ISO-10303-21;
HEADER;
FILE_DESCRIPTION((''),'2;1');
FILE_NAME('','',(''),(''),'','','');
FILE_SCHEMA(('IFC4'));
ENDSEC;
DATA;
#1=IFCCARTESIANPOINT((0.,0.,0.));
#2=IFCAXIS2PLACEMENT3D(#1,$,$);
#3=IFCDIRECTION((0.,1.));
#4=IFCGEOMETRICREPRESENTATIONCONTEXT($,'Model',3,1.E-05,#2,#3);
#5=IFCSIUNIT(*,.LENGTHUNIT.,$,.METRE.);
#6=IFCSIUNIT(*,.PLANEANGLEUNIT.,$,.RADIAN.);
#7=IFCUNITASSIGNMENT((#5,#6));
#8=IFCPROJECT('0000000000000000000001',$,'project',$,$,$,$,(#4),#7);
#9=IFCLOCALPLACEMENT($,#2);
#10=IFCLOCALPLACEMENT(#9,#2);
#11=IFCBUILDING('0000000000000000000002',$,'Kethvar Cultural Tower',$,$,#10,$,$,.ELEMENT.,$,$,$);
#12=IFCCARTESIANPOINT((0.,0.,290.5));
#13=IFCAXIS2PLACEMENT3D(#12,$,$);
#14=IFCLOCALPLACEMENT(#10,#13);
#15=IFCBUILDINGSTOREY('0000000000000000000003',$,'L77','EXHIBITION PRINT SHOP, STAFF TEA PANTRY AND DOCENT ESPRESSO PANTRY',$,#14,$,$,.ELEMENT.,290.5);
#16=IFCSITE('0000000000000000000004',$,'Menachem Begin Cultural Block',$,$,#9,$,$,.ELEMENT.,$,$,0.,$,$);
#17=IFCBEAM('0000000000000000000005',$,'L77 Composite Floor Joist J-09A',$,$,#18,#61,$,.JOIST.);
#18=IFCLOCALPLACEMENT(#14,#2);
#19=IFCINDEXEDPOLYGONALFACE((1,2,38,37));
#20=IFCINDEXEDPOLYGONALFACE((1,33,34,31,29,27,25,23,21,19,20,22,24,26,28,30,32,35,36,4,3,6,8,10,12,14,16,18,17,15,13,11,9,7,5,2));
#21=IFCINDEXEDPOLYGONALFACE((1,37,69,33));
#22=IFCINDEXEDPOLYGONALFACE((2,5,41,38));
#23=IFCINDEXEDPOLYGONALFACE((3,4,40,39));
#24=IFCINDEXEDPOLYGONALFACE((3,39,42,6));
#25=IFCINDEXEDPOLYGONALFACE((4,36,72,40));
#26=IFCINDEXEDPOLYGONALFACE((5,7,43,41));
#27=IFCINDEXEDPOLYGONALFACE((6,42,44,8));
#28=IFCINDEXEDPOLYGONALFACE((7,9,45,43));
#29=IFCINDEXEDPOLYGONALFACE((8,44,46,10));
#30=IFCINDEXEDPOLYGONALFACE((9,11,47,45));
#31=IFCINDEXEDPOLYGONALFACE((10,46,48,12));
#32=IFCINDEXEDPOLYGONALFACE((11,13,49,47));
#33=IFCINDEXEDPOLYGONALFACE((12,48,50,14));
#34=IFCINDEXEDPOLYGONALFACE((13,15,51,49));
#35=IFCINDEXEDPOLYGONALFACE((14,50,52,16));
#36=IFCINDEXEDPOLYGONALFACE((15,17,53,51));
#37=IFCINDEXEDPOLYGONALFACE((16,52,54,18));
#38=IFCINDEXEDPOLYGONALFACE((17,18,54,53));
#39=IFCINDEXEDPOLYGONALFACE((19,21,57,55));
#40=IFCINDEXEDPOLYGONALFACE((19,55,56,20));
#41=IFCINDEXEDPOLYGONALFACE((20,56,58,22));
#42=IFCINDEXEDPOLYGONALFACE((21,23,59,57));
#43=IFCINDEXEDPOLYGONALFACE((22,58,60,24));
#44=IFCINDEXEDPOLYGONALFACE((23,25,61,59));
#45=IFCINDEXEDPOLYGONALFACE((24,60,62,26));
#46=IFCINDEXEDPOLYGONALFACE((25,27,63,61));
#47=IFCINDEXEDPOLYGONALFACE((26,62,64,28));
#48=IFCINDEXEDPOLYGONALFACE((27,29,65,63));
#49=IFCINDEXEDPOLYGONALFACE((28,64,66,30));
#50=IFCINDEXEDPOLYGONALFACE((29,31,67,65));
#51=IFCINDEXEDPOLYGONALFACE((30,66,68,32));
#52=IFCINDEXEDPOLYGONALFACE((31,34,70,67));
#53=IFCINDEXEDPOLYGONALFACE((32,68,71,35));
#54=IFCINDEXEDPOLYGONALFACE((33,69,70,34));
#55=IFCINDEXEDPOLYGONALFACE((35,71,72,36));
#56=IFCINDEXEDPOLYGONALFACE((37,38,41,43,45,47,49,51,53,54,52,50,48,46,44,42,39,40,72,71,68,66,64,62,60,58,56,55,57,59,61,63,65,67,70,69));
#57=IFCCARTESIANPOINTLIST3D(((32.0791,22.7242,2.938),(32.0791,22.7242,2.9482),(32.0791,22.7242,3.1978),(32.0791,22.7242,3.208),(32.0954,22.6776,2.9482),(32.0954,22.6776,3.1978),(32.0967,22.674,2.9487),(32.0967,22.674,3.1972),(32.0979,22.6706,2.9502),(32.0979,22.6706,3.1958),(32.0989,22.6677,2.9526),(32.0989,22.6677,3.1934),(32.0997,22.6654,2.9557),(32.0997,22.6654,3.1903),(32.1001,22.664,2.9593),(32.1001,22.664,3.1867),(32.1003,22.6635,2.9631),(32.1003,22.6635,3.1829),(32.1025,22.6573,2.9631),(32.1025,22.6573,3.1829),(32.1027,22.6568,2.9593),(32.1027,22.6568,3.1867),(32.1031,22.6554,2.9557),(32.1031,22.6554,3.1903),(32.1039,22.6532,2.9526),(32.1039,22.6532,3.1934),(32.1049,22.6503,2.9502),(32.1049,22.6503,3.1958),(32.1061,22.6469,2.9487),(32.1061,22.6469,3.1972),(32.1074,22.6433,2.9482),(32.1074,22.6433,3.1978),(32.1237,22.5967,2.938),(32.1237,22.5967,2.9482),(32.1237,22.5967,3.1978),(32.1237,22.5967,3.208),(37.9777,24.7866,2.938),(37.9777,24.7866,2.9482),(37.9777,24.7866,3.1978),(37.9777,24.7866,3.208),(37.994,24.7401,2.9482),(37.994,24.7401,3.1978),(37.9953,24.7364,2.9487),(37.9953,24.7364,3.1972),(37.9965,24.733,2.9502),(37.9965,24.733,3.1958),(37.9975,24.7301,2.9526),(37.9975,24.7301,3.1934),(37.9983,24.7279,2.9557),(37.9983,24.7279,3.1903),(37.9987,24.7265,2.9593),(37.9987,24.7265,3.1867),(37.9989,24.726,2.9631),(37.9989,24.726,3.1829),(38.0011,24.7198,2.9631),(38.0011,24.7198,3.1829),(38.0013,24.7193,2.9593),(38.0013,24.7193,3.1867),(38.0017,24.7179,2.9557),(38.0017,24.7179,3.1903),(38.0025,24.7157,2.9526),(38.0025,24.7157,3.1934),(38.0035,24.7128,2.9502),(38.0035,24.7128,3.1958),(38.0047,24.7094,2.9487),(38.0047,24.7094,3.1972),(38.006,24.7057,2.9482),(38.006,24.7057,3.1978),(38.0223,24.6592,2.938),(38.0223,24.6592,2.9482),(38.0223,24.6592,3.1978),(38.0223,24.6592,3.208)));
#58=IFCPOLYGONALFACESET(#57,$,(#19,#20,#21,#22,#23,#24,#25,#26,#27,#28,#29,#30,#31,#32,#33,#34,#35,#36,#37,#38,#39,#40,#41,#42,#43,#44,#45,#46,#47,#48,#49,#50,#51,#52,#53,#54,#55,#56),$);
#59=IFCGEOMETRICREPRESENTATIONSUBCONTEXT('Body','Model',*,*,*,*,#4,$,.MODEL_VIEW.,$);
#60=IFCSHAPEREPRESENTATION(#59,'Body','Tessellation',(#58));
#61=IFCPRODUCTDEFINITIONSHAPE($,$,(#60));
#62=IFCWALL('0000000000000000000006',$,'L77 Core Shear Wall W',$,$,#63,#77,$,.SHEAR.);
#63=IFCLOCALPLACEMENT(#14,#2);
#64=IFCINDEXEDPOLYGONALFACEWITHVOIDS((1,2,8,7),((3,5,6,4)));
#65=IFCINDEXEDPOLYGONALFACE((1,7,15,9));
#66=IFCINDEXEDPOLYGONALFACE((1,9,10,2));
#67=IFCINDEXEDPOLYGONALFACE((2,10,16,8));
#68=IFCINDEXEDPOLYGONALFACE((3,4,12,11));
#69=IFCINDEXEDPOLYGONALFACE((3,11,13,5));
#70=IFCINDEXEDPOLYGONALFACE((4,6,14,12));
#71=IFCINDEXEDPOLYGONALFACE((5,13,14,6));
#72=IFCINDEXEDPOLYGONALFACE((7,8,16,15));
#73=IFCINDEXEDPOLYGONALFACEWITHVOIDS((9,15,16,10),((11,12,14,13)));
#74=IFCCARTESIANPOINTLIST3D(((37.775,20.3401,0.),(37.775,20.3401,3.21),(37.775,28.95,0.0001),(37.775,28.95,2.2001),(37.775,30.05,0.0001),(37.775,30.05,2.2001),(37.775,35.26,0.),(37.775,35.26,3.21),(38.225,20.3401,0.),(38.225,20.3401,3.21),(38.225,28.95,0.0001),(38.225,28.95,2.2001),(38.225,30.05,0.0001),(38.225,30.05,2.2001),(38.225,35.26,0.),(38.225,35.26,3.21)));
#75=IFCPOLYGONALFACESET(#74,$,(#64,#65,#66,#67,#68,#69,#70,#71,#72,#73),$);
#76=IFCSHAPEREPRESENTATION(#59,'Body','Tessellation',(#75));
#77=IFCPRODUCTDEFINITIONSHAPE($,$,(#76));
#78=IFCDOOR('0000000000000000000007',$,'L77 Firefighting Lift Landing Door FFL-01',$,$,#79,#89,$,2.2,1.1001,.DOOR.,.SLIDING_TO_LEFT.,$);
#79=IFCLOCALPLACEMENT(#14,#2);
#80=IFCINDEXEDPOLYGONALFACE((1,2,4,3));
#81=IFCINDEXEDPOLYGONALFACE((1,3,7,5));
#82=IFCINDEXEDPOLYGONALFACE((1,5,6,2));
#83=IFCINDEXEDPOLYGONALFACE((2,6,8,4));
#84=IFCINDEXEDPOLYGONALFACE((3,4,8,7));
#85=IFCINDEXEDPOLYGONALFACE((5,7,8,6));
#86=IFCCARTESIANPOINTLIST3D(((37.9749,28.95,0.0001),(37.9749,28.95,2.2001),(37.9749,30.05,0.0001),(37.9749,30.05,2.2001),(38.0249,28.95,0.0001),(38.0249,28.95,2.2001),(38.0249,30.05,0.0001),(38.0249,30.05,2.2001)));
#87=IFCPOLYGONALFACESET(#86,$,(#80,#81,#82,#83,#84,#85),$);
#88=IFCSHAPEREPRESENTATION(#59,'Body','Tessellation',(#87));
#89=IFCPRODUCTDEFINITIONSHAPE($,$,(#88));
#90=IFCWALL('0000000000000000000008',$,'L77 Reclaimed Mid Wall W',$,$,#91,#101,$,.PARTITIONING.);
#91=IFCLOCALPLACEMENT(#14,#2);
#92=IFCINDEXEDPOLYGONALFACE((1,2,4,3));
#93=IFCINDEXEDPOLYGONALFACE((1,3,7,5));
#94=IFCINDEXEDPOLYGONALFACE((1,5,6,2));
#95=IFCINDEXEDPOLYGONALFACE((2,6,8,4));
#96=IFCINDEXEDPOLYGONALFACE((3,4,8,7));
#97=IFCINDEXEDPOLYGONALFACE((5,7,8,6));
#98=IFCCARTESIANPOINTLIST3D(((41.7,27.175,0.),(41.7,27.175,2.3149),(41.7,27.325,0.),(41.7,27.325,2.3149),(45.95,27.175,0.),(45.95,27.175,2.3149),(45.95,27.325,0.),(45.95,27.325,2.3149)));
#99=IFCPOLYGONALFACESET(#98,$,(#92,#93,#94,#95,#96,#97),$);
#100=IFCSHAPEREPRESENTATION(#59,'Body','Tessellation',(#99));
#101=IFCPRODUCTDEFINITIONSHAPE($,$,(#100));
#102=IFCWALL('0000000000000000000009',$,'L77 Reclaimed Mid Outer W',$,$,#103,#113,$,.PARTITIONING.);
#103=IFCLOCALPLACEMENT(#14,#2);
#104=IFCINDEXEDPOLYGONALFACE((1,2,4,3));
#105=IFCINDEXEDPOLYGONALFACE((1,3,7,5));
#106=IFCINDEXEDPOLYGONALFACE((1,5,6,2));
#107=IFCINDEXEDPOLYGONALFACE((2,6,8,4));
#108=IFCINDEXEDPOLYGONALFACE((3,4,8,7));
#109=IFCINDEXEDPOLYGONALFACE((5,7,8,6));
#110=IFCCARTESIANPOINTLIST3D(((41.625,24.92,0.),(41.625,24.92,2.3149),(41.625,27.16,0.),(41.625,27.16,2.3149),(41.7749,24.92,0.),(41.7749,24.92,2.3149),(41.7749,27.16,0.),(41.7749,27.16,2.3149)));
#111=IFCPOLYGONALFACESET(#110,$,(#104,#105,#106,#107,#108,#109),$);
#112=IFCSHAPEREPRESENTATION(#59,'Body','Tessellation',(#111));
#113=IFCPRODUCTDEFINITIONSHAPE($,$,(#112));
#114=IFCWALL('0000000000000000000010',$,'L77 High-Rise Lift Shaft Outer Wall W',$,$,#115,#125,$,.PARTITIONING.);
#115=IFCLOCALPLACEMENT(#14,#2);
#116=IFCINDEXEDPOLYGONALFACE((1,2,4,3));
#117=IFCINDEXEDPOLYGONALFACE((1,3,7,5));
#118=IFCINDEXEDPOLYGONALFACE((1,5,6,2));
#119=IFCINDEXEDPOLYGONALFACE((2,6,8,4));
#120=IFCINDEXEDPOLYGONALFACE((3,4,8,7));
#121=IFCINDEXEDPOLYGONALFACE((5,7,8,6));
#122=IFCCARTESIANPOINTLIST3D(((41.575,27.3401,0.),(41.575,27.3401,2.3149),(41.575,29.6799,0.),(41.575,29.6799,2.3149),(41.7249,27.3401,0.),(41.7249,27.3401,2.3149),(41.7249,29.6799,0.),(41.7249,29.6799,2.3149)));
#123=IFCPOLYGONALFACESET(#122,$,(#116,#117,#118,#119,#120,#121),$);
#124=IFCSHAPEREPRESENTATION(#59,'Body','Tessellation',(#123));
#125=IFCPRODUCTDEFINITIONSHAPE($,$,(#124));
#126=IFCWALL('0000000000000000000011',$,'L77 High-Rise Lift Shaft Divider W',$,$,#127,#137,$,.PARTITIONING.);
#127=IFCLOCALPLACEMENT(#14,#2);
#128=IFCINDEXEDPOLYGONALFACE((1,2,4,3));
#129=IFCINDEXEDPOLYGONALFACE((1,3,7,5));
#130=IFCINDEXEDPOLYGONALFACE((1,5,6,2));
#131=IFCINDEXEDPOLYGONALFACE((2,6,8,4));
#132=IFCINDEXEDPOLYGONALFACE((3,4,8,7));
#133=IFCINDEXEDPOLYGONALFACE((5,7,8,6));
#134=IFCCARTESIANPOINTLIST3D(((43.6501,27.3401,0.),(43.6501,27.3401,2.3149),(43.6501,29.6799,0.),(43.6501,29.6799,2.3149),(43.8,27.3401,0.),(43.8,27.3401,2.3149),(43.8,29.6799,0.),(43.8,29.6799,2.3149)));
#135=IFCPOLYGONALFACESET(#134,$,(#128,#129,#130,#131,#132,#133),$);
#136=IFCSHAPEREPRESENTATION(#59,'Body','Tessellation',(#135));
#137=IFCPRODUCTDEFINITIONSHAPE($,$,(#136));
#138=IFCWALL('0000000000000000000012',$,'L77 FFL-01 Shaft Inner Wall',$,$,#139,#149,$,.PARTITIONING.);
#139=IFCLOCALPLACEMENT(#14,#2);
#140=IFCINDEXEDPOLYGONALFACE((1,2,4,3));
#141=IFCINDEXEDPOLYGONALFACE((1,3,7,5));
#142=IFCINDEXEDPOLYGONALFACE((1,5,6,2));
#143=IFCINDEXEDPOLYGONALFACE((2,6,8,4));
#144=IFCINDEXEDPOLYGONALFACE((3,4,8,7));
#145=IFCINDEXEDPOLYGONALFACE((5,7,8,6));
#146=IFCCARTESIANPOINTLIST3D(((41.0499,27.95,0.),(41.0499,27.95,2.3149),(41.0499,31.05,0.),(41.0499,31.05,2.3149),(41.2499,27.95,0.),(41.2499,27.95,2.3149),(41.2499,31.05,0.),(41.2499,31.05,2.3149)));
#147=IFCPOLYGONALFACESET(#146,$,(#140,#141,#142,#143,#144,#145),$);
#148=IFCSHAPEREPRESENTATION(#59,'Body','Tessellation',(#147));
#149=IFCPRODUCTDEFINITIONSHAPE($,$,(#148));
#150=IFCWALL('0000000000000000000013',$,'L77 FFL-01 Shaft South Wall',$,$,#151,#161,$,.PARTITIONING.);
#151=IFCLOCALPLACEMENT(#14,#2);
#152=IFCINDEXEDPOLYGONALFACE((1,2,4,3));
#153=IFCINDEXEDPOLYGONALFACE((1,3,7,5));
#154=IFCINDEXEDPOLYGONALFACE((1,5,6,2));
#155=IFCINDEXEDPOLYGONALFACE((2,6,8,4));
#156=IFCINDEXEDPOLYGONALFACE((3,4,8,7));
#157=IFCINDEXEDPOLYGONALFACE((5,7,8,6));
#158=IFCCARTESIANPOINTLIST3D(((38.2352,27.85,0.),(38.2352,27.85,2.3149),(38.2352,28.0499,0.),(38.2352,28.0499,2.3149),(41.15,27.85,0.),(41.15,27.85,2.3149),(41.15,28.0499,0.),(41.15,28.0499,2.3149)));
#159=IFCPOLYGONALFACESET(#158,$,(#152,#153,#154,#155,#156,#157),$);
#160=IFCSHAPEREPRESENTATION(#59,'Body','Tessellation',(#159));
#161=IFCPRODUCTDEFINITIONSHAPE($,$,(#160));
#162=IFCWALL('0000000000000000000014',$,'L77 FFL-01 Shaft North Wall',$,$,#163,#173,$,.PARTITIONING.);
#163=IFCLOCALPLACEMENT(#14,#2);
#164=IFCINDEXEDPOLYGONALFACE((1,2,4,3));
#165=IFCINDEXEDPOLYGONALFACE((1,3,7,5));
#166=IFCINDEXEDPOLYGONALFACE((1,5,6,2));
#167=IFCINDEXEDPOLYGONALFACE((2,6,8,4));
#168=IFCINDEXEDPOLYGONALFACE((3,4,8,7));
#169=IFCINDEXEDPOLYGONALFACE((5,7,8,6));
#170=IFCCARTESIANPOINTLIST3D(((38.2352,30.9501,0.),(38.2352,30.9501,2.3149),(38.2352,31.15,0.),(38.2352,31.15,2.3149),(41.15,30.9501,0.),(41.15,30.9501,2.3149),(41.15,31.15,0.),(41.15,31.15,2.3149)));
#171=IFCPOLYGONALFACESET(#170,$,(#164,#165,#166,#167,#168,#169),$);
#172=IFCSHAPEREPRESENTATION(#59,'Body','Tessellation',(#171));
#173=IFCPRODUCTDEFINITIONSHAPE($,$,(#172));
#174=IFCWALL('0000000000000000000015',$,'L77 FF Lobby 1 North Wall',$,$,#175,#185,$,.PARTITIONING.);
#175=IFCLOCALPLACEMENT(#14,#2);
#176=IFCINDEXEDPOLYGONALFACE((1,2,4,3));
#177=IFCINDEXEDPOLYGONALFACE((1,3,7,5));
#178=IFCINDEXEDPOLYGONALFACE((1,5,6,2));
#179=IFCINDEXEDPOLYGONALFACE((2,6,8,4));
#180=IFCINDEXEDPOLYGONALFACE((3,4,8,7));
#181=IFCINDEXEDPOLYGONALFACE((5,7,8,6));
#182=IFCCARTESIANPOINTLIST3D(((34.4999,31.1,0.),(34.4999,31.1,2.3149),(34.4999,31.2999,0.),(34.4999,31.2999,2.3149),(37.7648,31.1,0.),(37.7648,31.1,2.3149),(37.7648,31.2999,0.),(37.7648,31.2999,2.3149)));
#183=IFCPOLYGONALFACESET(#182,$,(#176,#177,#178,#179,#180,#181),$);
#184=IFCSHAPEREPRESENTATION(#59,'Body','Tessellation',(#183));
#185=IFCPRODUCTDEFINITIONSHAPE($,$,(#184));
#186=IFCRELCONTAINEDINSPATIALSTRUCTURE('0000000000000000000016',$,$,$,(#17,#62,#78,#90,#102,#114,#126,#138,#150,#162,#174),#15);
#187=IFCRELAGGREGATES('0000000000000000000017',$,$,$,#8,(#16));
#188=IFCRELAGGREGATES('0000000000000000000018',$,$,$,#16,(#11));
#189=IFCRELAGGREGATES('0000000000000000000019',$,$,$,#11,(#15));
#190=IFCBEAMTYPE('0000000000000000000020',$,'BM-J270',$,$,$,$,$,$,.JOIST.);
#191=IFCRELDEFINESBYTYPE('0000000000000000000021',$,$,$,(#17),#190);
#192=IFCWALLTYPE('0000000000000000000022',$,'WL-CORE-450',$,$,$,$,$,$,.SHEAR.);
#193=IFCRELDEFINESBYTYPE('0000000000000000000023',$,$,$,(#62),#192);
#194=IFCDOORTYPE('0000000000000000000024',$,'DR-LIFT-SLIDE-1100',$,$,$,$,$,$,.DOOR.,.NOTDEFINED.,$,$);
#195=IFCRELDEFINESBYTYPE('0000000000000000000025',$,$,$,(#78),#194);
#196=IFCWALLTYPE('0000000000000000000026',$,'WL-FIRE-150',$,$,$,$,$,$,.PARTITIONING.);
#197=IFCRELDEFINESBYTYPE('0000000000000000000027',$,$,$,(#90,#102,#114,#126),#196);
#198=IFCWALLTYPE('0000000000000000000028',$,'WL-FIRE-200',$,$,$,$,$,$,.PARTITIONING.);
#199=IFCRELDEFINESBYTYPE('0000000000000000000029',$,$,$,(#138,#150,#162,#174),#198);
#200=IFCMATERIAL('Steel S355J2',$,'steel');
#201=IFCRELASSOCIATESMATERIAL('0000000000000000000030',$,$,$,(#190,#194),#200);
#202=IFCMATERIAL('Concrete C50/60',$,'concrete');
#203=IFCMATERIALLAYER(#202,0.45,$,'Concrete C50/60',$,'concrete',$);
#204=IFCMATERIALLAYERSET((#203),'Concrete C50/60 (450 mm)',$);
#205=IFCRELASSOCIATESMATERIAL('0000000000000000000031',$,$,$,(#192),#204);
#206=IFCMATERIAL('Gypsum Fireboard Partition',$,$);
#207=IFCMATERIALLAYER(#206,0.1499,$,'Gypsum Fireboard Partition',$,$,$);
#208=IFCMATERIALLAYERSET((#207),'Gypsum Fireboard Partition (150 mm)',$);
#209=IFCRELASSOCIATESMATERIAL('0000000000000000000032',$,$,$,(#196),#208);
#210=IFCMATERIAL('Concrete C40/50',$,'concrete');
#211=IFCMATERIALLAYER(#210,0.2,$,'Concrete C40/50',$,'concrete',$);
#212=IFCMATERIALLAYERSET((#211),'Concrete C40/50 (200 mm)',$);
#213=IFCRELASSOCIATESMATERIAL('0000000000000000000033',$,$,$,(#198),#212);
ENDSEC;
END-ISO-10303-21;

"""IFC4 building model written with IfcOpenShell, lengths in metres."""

from ifc_helpers import new_model, si_unit, direction, frame, frame_2d, origin, origin_2d, place, context, subcontext, project, spatial, rectangle, i_section, extrude, source, transform, mapped, material, layer, layer_set, material_profile, profile_set, type_object, element, fill, save


model = new_model("IFC4")

# Units and contexts
model_context = context("Model", 3, precision=1e-05, world=origin(), true_north=direction((0.0, 1.0)))
body_context = subcontext(model_context, "Body", "Model", "MODEL_VIEW")
ifc_project = project(units=[si_unit("LENGTHUNIT", "METRE"), si_unit("PLANEANGLEUNIT", "RADIAN")], contexts=[model_context])

# Site, building, storey
site_placement = place(None, origin())
site = spatial("IfcSite", under=ifc_project, at=site_placement, Name="Menachem Begin Cultural Block", CompositionType="ELEMENT", RefElevation=0.0)
building_placement = place(site_placement, origin())
building = spatial("IfcBuilding", under=site, at=building_placement, Name="Kethvar Cultural Tower", CompositionType="ELEMENT")
storey_placement = place(building_placement, frame((0.0, 0.0, 290.5)))
storey = spatial("IfcBuildingStorey", under=building, at=storey_placement, Name="L77", Description="EXHIBITION PRINT SHOP, STAFF TEA PANTRY AND DOCENT ESPRESSO PANTRY", CompositionType="ELEMENT", Elevation=290.5)

# Beam
ifc_material_1 = material(Name="Steel S355J2", Category="steel")
ifc_material_profile_1 = material_profile(ifc_material_1, i_section(OverallWidth=0.135, OverallDepth=0.27, WebThickness=0.0066, FlangeThickness=0.0103, FilletRadius=0.0149, at=origin_2d()), Name="Steel S355J2 — IPE270")
ifc_profile_set_1 = profile_set([ifc_material_profile_1], Name="Steel S355J2 — IPE270")
beam_type_1 = type_object("IfcBeamType", Name="BM-J270", PredefinedType="JOIST", material=ifc_profile_set_1)
shared_shape_1 = source(origin(), body_context, "Body", "SweptSolid", [
    extrude(i_section(OverallWidth=0.135, OverallDepth=0.27, WebThickness=0.0066, FlangeThickness=0.0103, FilletRadius=0.0149, at=origin_2d()), origin(), (0.0, 0.0, 1.0), 6.2488),
])
beam_1_placement = place(storey_placement, frame((38.0, 24.7229, 3.073), z_axis=(-0.94396, -0.33006, 0.0), x_axis=(0.33006, -0.94396, 0.0)))
element("IfcBeam", 1, at=beam_1_placement, inside=storey, type_object=beam_type_1, Name="L77 Composite Floor Joist J-09A", PredefinedType="JOIST", context=body_context, shape_type="MappedRepresentation", body=[
    mapped(shared_shape_1, transform((0.0, 0.0, 0.0), scale=1.0)),
])

# Wall, opening, door
ifc_material_2 = material(Name="Concrete C50/60", Category="concrete")
ifc_layer_1 = layer(ifc_material_2, 0.45, Name="Concrete C50/60", Category="concrete")
ifc_layer_set_1 = layer_set([ifc_layer_1], Name="Concrete C50/60 (450 mm)")
wall_type_1 = type_object("IfcWallType", Name="WL-CORE-450", PredefinedType="SHEAR", material=ifc_layer_set_1)
wall_1_placement = place(storey_placement, frame((38.0, 35.26, 0.0), z_axis=(0.0, 0.0, 1.0), x_axis=(0.0, -1.0, 0.0)))
wall_1 = element("IfcWall", 2, at=wall_1_placement, inside=storey, type_object=wall_type_1, Name="L77 Core Shear Wall W", PredefinedType="SHEAR", context=body_context, shape_type="SweptSolid", body=[
    extrude(rectangle(XDim=14.9199, YDim=0.45, at=frame_2d((7.46, 0.0))), origin(), (0.0, 0.0, 1.0), 3.21),
])
opening_1_placement = place(wall_1_placement, frame((5.21, 0.0, 0.0)))
opening_1 = element("IfcOpeningElement", 3, at=opening_1_placement, cuts=wall_1, PredefinedType="OPENING", context=body_context, shape_type="SweptSolid", body=[
    extrude(rectangle(XDim=1.1001, YDim=2.2, at=frame_2d((0.55, 1.1001))), frame((0.0, 0.2349, 0.0), z_axis=(0.0, -1.0, 0.0), x_axis=(1.0, 0.0, 0.0)), (0.0, 0.0, 1.0), 0.47),
])
door_type_1 = type_object("IfcDoorType", Name="DR-LIFT-SLIDE-1100", OperationType="NOTDEFINED", PredefinedType="DOOR", material=ifc_material_1)
shared_shape_2 = source(origin(), body_context, "Body", "SweptSolid", [
    extrude(rectangle(XDim=1.1001, YDim=2.2, at=frame_2d((0.55, 1.1001))), frame((0.0, 0.0249, 0.0), z_axis=(0.0, -1.0, 0.0), x_axis=(1.0, 0.0, 0.0)), (0.0, 0.0, 1.0), 0.05),
])
door_1_placement = place(opening_1_placement, origin())
door_1 = element("IfcDoor", 4, at=door_1_placement, inside=storey, type_object=door_type_1, Name="L77 Firefighting Lift Landing Door FFL-01", OperationType="SLIDING_TO_LEFT", OverallHeight=2.2, OverallWidth=1.1001, PredefinedType="DOOR", context=body_context, shape_type="MappedRepresentation", body=[
    mapped(shared_shape_2, transform((0.0, 0.0, 0.0), scale=1.0)),
])
fill(opening_1, door_1)

# Walls
ifc_material_3 = material(Name="Gypsum Fireboard Partition")
ifc_layer_2 = layer(ifc_material_3, 0.1499, Name="Gypsum Fireboard Partition")
ifc_layer_set_2 = layer_set([ifc_layer_2], Name="Gypsum Fireboard Partition (150 mm)")
wall_type_2 = type_object("IfcWallType", Name="WL-FIRE-150", PredefinedType="PARTITIONING", material=ifc_layer_set_2)
wall_2_placement = place(storey_placement, frame((41.7, 27.25, 0.0), z_axis=(0.0, 0.0, 1.0), x_axis=(1.0, 0.0, 0.0)))
element("IfcWall", 5, at=wall_2_placement, inside=storey, type_object=wall_type_2, Name="L77 Reclaimed Mid Wall W", PredefinedType="PARTITIONING", context=body_context, shape_type="SweptSolid", body=[
    extrude(rectangle(XDim=4.25, YDim=0.1499, at=frame_2d((2.125, 0.0))), origin(), (0.0, 0.0, 1.0), 2.3149),
])
wall_3_placement = place(storey_placement, frame((41.7, 24.9199, 0.0), z_axis=(0.0, 0.0, 1.0), x_axis=(0.0, 1.0, 0.0)))
element("IfcWall", 6, at=wall_3_placement, inside=storey, type_object=wall_type_2, Name="L77 Reclaimed Mid Outer W", PredefinedType="PARTITIONING", context=body_context, shape_type="SweptSolid", body=[
    extrude(rectangle(XDim=2.24, YDim=0.1499, at=frame_2d((1.1201, 0.0))), origin(), (0.0, 0.0, 1.0), 2.3149),
])
for number, where, z_axis, x_axis, name in (
    (7, (41.6499, 27.3401, 0.0), (0.0, 0.0, 1.0), (0.0, 1.0, 0.0), "L77 High-Rise Lift Shaft Outer Wall W"),
    (8, (43.7251, 27.3401, 0.0), (0.0, 0.0, 1.0), (0.0, 1.0, 0.0), "L77 High-Rise Lift Shaft Divider W"),
):
    element("IfcWall", number, at=place(storey_placement, frame(where, z_axis=z_axis, x_axis=x_axis)), inside=storey, type_object=wall_type_2, Name=name, PredefinedType="PARTITIONING", context=body_context, shape_type="SweptSolid", body=[
        extrude(rectangle(XDim=2.3398, YDim=0.1499, at=frame_2d((1.1699, 0.0))), origin(), (0.0, 0.0, 1.0), 2.3149),
    ])
ifc_material_4 = material(Name="Concrete C40/50", Category="concrete")
ifc_layer_3 = layer(ifc_material_4, 0.2, Name="Concrete C40/50", Category="concrete")
ifc_layer_set_3 = layer_set([ifc_layer_3], Name="Concrete C40/50 (200 mm)")
wall_type_3 = type_object("IfcWallType", Name="WL-FIRE-200", PredefinedType="PARTITIONING", material=ifc_layer_set_3)
wall_4_placement = place(storey_placement, frame((41.1499, 27.95, 0.0), z_axis=(0.0, 0.0, 1.0), x_axis=(0.0, 1.0, 0.0)))
element("IfcWall", 9, at=wall_4_placement, inside=storey, type_object=wall_type_3, Name="L77 FFL-01 Shaft Inner Wall", PredefinedType="PARTITIONING", context=body_context, shape_type="SweptSolid", body=[
    extrude(rectangle(XDim=3.1001, YDim=0.2, at=frame_2d((1.55, 0.0))), origin(), (0.0, 0.0, 1.0), 2.3149),
])
for number, where, z_axis, x_axis, name in (
    (10, (38.2351, 27.95, 0.0), (0.0, 0.0, 1.0), (1.0, 0.0, 0.0), "L77 FFL-01 Shaft South Wall"),
    (11, (38.2351, 31.05, 0.0), (0.0, 0.0, 1.0), (1.0, 0.0, 0.0), "L77 FFL-01 Shaft North Wall"),
):
    element("IfcWall", number, at=place(storey_placement, frame(where, z_axis=z_axis, x_axis=x_axis)), inside=storey, type_object=wall_type_3, Name=name, PredefinedType="PARTITIONING", context=body_context, shape_type="SweptSolid", body=[
        extrude(rectangle(XDim=2.9148, YDim=0.2, at=frame_2d((1.4575, 0.0))), origin(), (0.0, 0.0, 1.0), 2.3149),
    ])

# Wall
wall_5_placement = place(storey_placement, frame((34.5, 31.2, 0.0), z_axis=(0.0, 0.0, 1.0), x_axis=(1.0, 0.0, 0.0)))
element("IfcWall", 12, at=wall_5_placement, inside=storey, type_object=wall_type_3, Name="L77 FF Lobby 1 North Wall", PredefinedType="PARTITIONING", context=body_context, shape_type="SweptSolid", body=[
    extrude(rectangle(XDim=3.2649, YDim=0.2, at=frame_2d((1.6323, 0.0))), origin(), (0.0, 0.0, 1.0), 2.3149),
])

save(model, "model.ifc")
